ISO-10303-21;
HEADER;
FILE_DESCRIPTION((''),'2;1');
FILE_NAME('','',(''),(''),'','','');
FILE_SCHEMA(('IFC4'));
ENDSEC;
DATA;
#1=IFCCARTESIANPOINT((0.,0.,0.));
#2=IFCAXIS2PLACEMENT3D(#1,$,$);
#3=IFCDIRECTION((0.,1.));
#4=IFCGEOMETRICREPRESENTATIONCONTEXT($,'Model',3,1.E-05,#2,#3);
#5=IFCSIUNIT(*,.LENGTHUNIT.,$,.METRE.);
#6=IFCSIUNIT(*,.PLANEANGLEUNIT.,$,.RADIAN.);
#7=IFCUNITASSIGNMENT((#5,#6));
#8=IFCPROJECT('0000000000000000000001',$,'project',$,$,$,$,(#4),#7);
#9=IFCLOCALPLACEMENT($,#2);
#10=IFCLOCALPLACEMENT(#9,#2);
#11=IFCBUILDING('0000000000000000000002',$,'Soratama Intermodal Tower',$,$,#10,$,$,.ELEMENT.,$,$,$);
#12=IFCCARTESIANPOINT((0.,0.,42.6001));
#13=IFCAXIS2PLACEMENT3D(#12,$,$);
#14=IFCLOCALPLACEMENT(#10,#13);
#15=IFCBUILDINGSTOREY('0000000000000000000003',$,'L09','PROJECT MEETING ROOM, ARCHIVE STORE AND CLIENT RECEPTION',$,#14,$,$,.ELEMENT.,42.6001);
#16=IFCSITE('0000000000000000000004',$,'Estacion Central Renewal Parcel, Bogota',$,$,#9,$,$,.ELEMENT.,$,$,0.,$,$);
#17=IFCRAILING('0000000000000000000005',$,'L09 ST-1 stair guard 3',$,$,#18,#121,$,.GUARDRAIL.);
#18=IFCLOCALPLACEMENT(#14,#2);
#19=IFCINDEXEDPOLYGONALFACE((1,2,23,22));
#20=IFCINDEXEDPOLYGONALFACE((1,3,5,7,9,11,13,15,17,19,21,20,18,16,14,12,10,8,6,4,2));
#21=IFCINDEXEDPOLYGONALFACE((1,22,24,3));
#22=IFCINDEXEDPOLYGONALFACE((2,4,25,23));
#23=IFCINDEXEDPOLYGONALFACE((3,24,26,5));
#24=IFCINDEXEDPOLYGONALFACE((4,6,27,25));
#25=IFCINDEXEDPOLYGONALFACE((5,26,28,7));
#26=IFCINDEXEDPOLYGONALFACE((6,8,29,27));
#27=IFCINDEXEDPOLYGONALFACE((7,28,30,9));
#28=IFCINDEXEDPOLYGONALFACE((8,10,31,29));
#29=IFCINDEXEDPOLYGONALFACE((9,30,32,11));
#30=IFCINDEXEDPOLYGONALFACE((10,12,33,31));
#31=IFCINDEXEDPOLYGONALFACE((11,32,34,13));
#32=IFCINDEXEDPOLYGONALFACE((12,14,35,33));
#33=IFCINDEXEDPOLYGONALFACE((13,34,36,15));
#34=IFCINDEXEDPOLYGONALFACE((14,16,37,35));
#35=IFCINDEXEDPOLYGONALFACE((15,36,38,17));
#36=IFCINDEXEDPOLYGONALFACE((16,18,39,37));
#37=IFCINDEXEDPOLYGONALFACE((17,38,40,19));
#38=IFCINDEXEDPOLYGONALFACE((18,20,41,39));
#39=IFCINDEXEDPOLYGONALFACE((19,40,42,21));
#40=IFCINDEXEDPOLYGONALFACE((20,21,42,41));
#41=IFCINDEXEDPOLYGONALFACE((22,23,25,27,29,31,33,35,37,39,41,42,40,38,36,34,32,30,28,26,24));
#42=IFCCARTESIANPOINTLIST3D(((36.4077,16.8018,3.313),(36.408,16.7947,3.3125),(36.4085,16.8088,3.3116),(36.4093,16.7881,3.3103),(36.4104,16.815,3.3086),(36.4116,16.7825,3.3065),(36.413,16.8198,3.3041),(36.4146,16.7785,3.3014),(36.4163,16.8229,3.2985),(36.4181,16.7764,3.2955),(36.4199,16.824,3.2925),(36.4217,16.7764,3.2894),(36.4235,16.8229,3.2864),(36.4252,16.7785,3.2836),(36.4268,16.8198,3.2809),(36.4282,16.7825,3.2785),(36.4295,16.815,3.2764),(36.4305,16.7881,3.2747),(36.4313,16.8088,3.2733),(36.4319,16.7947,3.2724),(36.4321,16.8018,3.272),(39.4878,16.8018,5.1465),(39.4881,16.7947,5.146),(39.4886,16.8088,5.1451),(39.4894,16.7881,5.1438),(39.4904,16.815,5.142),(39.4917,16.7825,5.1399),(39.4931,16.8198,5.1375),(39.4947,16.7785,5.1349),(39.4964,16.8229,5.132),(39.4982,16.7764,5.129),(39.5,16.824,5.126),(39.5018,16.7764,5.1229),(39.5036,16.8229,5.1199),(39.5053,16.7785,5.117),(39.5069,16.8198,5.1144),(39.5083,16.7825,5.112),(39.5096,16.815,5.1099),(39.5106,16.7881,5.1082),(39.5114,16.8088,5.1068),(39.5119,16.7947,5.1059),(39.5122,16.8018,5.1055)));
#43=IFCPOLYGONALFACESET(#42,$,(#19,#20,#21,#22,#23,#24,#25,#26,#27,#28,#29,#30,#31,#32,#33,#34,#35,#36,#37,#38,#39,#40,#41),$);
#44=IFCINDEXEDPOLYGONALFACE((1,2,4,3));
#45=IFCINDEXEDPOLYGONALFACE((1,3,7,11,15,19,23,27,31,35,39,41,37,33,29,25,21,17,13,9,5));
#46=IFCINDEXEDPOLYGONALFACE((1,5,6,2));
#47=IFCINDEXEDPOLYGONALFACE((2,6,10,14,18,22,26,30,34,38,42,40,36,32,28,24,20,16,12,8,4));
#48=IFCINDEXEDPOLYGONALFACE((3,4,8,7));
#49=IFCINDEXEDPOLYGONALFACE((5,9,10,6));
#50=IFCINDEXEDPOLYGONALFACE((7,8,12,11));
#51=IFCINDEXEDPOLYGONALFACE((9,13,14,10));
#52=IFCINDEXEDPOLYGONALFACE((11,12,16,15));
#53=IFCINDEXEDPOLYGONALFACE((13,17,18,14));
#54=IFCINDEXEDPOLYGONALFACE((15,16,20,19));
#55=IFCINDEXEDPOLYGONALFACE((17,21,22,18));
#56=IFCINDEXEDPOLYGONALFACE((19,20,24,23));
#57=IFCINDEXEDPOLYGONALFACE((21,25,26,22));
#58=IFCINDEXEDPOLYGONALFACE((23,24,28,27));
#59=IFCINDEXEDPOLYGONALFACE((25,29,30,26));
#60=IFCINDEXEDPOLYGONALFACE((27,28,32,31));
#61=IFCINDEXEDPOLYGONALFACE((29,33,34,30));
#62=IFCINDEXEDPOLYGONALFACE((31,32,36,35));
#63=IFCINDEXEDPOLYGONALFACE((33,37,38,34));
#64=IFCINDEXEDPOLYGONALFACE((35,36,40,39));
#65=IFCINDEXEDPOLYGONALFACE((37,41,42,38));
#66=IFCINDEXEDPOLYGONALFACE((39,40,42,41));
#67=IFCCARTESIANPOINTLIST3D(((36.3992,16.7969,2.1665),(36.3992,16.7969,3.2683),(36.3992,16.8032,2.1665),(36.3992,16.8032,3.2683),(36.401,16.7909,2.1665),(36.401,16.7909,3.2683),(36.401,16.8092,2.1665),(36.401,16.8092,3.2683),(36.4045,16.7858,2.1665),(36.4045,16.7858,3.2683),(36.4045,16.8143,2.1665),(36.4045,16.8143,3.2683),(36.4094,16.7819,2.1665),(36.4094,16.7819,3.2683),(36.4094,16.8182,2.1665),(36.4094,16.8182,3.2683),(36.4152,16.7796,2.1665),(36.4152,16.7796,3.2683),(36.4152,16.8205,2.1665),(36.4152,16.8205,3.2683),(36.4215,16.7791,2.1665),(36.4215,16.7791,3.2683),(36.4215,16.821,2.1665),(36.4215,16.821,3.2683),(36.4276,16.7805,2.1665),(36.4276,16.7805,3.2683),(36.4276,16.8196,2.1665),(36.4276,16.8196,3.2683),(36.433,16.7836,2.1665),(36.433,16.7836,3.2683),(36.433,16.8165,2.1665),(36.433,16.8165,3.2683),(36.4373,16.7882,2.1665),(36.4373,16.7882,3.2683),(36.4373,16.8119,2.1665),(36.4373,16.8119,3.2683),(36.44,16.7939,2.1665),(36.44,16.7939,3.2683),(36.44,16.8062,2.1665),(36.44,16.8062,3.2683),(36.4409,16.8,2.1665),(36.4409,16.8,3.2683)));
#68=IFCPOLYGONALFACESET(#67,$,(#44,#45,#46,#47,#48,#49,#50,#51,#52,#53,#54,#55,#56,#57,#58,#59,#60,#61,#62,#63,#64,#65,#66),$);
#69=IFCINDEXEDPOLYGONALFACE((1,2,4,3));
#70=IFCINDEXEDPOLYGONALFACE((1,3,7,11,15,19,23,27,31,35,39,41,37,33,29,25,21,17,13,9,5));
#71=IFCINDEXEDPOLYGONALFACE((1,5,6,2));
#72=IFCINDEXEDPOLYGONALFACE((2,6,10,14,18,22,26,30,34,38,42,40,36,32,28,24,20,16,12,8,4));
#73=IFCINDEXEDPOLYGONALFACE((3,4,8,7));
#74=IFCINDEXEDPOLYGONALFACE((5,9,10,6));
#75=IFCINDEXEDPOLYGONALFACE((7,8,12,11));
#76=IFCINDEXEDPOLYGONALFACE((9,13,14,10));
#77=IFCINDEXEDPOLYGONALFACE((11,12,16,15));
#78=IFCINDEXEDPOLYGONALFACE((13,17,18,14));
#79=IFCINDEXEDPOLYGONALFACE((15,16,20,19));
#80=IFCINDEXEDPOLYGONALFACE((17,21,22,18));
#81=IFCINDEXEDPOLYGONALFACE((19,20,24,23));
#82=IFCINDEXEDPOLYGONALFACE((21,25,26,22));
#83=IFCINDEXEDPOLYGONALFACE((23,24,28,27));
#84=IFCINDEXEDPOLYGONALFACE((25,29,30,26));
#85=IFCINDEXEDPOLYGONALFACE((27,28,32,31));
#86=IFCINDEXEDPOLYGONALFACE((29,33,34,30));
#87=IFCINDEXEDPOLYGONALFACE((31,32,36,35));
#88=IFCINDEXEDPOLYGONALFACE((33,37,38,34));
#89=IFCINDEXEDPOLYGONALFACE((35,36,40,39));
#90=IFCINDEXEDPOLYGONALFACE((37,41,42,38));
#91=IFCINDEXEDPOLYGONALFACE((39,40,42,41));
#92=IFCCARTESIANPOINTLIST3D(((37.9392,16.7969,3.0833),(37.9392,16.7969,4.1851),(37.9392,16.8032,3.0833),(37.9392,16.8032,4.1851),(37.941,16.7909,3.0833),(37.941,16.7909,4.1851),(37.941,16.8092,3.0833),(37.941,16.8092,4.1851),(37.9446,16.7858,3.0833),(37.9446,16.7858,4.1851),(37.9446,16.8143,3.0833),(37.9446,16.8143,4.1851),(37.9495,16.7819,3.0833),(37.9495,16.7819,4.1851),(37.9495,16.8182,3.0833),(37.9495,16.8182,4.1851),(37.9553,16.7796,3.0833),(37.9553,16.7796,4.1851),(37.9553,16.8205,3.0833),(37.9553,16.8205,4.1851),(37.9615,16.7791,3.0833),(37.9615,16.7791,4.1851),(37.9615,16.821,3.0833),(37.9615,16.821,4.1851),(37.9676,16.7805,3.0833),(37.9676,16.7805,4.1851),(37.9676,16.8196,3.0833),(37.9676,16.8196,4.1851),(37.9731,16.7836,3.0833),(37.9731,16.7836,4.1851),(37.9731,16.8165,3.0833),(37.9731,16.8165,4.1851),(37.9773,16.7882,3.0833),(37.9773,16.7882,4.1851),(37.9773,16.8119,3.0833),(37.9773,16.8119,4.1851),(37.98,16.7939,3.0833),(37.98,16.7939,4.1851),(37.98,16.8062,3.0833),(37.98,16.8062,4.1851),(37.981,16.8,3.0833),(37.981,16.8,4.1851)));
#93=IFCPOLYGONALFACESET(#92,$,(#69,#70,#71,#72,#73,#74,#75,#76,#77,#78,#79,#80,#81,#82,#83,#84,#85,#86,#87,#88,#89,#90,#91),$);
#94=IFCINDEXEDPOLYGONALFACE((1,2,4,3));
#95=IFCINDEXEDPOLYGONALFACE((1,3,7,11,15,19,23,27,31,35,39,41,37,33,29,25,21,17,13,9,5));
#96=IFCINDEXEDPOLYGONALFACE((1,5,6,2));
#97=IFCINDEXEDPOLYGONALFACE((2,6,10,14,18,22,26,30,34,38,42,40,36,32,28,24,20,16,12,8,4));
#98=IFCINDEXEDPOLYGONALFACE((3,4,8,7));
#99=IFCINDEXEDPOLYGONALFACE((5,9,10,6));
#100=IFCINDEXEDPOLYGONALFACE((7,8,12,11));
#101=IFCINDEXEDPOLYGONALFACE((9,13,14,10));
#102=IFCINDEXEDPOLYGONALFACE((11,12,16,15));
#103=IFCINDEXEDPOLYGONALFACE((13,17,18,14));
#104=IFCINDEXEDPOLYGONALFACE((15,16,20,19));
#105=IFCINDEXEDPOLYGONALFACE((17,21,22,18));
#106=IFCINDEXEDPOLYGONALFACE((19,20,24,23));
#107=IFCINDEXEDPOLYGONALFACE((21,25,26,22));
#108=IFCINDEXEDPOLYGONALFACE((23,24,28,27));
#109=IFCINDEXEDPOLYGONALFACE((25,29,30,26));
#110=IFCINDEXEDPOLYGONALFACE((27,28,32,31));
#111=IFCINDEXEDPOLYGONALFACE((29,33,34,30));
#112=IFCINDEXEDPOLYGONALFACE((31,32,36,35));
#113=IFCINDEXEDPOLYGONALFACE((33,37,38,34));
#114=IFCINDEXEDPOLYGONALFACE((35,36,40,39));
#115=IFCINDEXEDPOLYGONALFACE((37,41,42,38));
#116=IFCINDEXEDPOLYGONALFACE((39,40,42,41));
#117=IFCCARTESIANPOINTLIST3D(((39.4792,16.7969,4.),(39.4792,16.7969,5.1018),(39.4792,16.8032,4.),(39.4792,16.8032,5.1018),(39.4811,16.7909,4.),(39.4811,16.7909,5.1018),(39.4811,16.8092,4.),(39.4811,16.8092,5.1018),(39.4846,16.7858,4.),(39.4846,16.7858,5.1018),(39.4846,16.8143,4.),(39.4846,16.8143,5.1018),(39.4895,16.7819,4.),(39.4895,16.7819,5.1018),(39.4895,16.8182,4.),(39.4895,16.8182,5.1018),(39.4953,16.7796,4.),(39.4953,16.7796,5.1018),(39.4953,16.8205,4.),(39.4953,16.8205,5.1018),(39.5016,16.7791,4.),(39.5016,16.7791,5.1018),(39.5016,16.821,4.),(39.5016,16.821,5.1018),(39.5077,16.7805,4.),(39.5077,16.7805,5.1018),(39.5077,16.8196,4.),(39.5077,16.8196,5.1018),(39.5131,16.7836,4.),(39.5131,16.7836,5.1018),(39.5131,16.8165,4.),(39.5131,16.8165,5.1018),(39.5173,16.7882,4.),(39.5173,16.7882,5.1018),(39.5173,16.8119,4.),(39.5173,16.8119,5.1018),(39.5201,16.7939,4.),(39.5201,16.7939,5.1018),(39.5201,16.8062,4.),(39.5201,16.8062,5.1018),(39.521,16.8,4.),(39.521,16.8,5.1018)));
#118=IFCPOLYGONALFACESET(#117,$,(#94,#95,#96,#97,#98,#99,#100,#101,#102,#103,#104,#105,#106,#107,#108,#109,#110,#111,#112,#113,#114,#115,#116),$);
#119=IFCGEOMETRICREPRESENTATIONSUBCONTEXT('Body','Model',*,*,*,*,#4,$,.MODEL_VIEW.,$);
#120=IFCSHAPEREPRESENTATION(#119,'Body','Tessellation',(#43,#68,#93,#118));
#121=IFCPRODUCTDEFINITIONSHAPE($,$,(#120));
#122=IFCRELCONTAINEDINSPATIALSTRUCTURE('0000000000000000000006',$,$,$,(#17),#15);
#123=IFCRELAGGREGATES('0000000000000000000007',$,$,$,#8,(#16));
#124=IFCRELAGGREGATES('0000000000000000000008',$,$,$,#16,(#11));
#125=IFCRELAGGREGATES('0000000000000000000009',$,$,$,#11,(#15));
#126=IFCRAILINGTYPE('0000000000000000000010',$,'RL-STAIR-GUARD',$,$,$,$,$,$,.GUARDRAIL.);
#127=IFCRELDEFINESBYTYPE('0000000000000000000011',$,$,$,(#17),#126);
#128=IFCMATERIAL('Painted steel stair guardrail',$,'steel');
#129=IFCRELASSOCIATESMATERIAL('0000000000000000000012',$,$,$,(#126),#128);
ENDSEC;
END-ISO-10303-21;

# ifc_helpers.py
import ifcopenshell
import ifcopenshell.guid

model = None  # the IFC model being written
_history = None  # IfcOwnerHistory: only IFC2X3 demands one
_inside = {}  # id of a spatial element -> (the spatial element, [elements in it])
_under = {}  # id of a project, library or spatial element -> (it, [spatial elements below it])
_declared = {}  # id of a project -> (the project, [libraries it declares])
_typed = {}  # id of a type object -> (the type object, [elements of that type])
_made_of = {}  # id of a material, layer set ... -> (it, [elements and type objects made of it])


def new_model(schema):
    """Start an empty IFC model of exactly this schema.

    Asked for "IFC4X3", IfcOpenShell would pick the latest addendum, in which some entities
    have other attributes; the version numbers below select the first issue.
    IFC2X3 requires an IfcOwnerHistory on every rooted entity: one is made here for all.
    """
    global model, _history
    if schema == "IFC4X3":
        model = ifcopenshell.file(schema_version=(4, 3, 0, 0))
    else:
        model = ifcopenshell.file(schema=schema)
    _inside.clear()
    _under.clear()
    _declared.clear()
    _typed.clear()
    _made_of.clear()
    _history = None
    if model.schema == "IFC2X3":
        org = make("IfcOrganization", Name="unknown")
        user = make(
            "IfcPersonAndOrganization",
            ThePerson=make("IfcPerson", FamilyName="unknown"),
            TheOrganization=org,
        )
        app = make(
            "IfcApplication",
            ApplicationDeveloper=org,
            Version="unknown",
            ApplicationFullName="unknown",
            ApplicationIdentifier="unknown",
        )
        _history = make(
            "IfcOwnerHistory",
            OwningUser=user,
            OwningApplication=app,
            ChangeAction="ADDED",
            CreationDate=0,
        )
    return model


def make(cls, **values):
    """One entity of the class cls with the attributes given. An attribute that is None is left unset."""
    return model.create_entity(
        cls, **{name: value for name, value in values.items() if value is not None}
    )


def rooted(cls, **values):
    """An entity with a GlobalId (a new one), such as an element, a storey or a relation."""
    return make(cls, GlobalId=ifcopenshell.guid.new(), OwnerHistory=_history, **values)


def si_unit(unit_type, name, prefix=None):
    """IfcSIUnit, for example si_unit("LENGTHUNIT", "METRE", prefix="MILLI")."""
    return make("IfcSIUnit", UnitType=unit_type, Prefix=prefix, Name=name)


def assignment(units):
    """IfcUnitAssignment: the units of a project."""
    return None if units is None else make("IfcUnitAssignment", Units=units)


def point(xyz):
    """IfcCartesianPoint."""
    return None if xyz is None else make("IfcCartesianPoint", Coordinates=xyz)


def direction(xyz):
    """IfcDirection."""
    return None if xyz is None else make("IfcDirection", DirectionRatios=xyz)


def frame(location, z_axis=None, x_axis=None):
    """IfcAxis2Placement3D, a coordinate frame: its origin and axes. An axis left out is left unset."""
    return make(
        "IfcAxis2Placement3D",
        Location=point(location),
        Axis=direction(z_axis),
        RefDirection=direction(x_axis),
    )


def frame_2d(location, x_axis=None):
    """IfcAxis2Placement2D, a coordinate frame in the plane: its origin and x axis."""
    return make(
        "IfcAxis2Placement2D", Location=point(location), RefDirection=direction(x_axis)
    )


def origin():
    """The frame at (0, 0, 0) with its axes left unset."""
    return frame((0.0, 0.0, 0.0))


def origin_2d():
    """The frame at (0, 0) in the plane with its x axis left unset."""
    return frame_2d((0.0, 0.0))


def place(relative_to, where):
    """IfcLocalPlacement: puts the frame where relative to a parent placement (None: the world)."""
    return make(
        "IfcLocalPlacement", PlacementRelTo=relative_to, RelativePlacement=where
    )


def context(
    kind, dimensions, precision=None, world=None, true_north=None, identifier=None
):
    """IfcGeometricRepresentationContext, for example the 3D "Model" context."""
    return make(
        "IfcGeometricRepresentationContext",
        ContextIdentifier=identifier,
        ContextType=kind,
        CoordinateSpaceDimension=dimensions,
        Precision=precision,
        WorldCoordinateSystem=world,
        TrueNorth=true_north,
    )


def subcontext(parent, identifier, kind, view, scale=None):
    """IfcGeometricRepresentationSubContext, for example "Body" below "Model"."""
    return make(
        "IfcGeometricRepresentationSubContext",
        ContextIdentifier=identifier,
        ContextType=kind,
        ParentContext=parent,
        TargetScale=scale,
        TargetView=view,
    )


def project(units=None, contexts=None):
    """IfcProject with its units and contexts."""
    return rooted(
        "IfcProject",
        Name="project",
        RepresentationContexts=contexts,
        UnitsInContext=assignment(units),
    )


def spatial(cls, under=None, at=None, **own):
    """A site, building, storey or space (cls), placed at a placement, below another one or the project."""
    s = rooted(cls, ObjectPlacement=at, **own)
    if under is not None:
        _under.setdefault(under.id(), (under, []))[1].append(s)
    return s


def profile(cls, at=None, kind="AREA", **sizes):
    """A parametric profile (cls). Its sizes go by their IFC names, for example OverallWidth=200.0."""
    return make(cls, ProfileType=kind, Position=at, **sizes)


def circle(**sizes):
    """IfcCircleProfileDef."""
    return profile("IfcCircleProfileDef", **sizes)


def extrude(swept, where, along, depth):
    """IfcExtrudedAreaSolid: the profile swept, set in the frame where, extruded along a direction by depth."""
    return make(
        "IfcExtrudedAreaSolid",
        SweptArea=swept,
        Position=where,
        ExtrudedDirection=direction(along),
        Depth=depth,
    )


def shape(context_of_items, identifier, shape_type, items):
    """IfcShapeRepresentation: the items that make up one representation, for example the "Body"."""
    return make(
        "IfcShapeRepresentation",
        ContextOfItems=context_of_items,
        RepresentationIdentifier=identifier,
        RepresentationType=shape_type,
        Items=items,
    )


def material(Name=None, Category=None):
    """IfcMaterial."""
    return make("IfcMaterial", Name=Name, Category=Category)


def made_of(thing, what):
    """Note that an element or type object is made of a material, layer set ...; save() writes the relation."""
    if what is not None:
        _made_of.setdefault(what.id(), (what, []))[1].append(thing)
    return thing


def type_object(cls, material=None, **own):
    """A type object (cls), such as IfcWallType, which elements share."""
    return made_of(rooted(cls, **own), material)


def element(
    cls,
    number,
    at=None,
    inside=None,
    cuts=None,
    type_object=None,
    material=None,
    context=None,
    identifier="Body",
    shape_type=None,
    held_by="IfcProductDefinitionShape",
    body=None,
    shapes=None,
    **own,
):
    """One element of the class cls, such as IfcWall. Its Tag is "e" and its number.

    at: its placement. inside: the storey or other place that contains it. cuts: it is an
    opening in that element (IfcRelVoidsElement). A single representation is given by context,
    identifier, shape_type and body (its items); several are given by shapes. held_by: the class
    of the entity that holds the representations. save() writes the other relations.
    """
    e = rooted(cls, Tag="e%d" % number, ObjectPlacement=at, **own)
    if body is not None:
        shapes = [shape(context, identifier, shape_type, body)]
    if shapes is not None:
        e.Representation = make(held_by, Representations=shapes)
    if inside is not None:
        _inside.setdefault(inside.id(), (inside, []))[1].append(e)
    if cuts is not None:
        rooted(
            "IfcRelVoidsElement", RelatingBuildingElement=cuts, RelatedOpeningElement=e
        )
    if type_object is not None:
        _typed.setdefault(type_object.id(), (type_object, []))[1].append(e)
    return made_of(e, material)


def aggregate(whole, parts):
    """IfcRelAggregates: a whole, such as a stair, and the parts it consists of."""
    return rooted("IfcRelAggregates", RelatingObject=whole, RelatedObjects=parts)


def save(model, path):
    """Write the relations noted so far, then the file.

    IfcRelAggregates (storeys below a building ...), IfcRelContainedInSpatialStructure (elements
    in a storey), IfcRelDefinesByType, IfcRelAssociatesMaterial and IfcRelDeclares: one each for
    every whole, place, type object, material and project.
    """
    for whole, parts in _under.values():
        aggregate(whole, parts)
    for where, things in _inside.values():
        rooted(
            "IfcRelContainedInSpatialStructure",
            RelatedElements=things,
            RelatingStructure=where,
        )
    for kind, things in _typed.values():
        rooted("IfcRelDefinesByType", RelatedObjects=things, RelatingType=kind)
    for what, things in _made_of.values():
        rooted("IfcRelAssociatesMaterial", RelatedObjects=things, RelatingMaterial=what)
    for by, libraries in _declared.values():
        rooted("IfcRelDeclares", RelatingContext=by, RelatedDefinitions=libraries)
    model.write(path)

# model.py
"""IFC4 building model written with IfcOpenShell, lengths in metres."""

from ifc_helpers import new_model, si_unit, direction, frame, origin, origin_2d, place, context, subcontext, project, spatial, circle, extrude, material, type_object, element, save


model = new_model("IFC4")

# Units and contexts
model_context = context("Model", 3, precision=1e-05, world=origin(), true_north=direction((0.0, 1.0)))
body_context = subcontext(model_context, "Body", "Model", "MODEL_VIEW")
ifc_project = project(units=[si_unit("LENGTHUNIT", "METRE"), si_unit("PLANEANGLEUNIT", "RADIAN")], contexts=[model_context])

# Site, building, storey
site_placement = place(None, origin())
site = spatial("IfcSite", under=ifc_project, at=site_placement, Name="Estacion Central Renewal Parcel, Bogota", CompositionType="ELEMENT", RefElevation=0.0)
building_placement = place(site_placement, origin())
building = spatial("IfcBuilding", under=site, at=building_placement, Name="Soratama Intermodal Tower", CompositionType="ELEMENT")
storey_placement = place(building_placement, frame((0.0, 0.0, 42.6001)))
storey = spatial("IfcBuildingStorey", under=building, at=storey_placement, Name="L09", Description="PROJECT MEETING ROOM, ARCHIVE STORE AND CLIENT RECEPTION", CompositionType="ELEMENT", Elevation=42.6001)

# Railing
ifc_material_1 = material(Name="Painted steel stair guardrail", Category="steel")
railing_type_1 = type_object("IfcRailingType", Name="RL-STAIR-GUARD", PredefinedType="GUARDRAIL", material=ifc_material_1)
railing_1_placement = place(storey_placement, frame((36.4199, 16.8, 2.1665)))
element("IfcRailing", 1, at=railing_1_placement, inside=storey, type_object=railing_type_1, Name="L09 ST-1 stair guard 3", PredefinedType="GUARDRAIL", context=body_context, shape_type="SweptSolid", body=[
    extrude(circle(Radius=0.0239, at=origin_2d()), frame((0.0, 0.0, 1.126), z_axis=(0.859279, 0.0, 0.511508), x_axis=(0.0, 1.0, 0.0)), (0.0, 0.0, 1.0), 3.5845),
    extrude(circle(Radius=0.021, at=origin_2d()), origin(), (0.0, 0.0, 1.0), 1.1018),
    extrude(circle(Radius=0.021, at=origin_2d()), frame((1.54, 0.0, 0.9167)), (0.0, 0.0, 1.0), 1.1018),
    extrude(circle(Radius=0.021, at=origin_2d()), frame((3.0801, 0.0, 1.8335)), (0.0, 0.0, 1.0), 1.1018),
])

save(model, "model.ifc")
